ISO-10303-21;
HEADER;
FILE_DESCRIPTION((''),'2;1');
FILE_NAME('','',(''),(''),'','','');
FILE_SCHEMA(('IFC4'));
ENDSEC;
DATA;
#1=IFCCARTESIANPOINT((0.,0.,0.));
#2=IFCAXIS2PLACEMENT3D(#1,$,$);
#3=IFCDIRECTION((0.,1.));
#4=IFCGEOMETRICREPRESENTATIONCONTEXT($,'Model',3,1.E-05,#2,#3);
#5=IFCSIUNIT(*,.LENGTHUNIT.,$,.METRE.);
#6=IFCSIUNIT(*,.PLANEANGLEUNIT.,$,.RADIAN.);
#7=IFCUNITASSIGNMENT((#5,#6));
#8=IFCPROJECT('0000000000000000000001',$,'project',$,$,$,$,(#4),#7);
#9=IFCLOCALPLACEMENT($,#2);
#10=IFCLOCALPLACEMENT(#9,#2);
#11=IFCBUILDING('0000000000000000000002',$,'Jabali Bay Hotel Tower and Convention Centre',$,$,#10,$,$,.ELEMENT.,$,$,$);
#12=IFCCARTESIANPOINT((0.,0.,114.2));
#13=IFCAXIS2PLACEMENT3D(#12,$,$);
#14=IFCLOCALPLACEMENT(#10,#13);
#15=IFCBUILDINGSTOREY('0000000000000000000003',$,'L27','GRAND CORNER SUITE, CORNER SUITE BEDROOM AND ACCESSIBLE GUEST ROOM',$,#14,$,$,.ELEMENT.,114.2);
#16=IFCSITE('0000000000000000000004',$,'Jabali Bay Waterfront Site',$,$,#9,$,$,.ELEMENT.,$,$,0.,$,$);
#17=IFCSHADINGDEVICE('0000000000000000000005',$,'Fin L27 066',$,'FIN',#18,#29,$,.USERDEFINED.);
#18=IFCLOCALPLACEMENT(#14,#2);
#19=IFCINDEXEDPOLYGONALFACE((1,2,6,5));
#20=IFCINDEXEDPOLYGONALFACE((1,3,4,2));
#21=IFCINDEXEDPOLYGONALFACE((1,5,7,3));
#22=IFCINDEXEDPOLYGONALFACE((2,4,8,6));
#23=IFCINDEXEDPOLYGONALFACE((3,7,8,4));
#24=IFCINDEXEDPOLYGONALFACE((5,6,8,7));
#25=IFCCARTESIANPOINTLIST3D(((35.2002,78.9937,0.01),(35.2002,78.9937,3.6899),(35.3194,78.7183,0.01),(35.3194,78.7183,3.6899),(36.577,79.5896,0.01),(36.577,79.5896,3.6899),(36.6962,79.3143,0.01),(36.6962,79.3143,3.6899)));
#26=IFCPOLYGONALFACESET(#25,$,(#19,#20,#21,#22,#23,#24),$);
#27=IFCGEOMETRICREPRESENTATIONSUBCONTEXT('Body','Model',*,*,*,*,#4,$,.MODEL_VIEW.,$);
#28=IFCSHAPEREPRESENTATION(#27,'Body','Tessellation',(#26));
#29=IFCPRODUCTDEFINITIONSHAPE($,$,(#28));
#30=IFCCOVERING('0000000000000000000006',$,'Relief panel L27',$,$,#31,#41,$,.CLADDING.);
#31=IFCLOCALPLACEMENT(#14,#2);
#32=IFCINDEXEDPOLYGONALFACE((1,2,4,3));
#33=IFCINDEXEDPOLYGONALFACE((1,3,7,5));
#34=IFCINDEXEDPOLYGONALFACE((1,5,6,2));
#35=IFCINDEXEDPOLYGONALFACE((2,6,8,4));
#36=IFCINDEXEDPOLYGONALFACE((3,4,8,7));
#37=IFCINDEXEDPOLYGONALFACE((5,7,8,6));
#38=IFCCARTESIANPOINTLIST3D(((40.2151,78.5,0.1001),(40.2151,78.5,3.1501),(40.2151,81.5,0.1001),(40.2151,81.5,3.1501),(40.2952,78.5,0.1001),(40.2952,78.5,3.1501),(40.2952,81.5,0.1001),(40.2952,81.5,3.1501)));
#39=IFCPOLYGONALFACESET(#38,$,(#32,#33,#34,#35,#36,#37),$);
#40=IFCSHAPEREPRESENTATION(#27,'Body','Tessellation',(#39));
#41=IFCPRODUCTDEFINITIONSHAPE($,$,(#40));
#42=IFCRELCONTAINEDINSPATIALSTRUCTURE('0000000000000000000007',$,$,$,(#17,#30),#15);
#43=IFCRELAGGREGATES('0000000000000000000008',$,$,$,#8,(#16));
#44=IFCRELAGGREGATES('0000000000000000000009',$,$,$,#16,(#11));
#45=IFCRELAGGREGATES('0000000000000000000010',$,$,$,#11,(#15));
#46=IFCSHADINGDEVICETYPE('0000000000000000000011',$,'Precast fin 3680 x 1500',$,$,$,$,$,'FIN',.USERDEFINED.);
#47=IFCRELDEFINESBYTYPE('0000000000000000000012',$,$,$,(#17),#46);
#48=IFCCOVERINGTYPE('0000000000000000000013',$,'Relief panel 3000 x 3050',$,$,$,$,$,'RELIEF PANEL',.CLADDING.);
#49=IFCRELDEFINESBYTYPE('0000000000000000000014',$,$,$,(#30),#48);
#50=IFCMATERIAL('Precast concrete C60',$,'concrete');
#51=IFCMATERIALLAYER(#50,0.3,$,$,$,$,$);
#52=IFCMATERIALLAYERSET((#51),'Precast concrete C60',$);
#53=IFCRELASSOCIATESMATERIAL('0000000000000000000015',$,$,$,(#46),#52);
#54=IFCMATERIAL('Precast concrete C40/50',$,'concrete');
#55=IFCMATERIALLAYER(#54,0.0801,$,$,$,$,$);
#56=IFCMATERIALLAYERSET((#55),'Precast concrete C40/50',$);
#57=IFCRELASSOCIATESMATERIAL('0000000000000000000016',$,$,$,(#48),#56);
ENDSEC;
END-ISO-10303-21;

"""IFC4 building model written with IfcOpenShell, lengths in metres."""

from ifc_helpers import new_model, si_unit, direction, frame, frame_2d, origin, origin_2d, place, context, subcontext, project, spatial, rectangle, extrude, material, layer, layer_set, type_object, element, save


model = new_model("IFC4")

# Units and contexts
model_context = context("Model", 3, precision=1e-05, world=origin(), true_north=direction((0.0, 1.0)))
body_context = subcontext(model_context, "Body", "Model", "MODEL_VIEW")
ifc_project = project(units=[si_unit("LENGTHUNIT", "METRE"), si_unit("PLANEANGLEUNIT", "RADIAN")], contexts=[model_context])

# Site, building, storey
site_placement = place(None, origin())
site = spatial("IfcSite", under=ifc_project, at=site_placement, Name="Jabali Bay Waterfront Site", CompositionType="ELEMENT", RefElevation=0.0)
building_placement = place(site_placement, origin())
building = spatial("IfcBuilding", under=site, at=building_placement, Name="Jabali Bay Hotel Tower and Convention Centre", CompositionType="ELEMENT")
storey_placement = place(building_placement, frame((0.0, 0.0, 114.2)))
storey = spatial("IfcBuildingStorey", under=building, at=storey_placement, Name="L27", Description="GRAND CORNER SUITE, CORNER SUITE BEDROOM AND ACCESSIBLE GUEST ROOM", CompositionType="ELEMENT", Elevation=114.2)

# Shading device
ifc_material_1 = material(Name="Precast concrete C60", Category="concrete")
ifc_layer_1 = layer(ifc_material_1, 0.3)
ifc_layer_set_1 = layer_set([ifc_layer_1], Name="Precast concrete C60")
shading_device_type_1 = type_object("IfcShadingDeviceType", Name="Precast fin 3680 x 1500", ElementType="FIN", PredefinedType="USERDEFINED", material=ifc_layer_set_1)
for number, where, z_axis, x_axis, name in (
    (1, (36.6365, 79.4519, 0.01), (0.0, 0.0, 1.0), (-0.917708, -0.397256, 0.0), "Fin L27 066"),
):
    element("IfcShadingDevice", number, at=place(storey_placement, frame(where, z_axis=z_axis, x_axis=x_axis)), inside=storey, type_object=shading_device_type_1, Name=name, ObjectType="FIN", PredefinedType="USERDEFINED", context=body_context, shape_type="SweptSolid", body=[
        extrude(rectangle(XDim=1.5002, YDim=0.3, at=frame_2d((0.75, 0.0))), origin(), (0.0, 0.0, 1.0), 3.6799),
    ])

# Covering
ifc_material_2 = material(Name="Precast concrete C40/50", Category="concrete")
ifc_layer_2 = layer(ifc_material_2, 0.0801)
ifc_layer_set_2 = layer_set([ifc_layer_2], Name="Precast concrete C40/50")
covering_type = type_object("IfcCoveringType", Name="Relief panel 3000 x 3050", ElementType="RELIEF PANEL", PredefinedType="CLADDING", material=ifc_layer_set_2)
covering_placement = place(storey_placement, frame((40.2551, 80.0, 0.1001), z_axis=(0.0, 0.0, 1.0), x_axis=(0.0, 1.0, 0.0)))
element("IfcCovering", 2, at=covering_placement, inside=storey, type_object=covering_type, Name="Relief panel L27", PredefinedType="CLADDING", context=body_context, shape_type="SweptSolid", body=[
    extrude(rectangle(XDim=3.0, YDim=0.0801, at=origin_2d()), origin(), (0.0, 0.0, 1.0), 3.05),
])

save(model, "model.ifc")
